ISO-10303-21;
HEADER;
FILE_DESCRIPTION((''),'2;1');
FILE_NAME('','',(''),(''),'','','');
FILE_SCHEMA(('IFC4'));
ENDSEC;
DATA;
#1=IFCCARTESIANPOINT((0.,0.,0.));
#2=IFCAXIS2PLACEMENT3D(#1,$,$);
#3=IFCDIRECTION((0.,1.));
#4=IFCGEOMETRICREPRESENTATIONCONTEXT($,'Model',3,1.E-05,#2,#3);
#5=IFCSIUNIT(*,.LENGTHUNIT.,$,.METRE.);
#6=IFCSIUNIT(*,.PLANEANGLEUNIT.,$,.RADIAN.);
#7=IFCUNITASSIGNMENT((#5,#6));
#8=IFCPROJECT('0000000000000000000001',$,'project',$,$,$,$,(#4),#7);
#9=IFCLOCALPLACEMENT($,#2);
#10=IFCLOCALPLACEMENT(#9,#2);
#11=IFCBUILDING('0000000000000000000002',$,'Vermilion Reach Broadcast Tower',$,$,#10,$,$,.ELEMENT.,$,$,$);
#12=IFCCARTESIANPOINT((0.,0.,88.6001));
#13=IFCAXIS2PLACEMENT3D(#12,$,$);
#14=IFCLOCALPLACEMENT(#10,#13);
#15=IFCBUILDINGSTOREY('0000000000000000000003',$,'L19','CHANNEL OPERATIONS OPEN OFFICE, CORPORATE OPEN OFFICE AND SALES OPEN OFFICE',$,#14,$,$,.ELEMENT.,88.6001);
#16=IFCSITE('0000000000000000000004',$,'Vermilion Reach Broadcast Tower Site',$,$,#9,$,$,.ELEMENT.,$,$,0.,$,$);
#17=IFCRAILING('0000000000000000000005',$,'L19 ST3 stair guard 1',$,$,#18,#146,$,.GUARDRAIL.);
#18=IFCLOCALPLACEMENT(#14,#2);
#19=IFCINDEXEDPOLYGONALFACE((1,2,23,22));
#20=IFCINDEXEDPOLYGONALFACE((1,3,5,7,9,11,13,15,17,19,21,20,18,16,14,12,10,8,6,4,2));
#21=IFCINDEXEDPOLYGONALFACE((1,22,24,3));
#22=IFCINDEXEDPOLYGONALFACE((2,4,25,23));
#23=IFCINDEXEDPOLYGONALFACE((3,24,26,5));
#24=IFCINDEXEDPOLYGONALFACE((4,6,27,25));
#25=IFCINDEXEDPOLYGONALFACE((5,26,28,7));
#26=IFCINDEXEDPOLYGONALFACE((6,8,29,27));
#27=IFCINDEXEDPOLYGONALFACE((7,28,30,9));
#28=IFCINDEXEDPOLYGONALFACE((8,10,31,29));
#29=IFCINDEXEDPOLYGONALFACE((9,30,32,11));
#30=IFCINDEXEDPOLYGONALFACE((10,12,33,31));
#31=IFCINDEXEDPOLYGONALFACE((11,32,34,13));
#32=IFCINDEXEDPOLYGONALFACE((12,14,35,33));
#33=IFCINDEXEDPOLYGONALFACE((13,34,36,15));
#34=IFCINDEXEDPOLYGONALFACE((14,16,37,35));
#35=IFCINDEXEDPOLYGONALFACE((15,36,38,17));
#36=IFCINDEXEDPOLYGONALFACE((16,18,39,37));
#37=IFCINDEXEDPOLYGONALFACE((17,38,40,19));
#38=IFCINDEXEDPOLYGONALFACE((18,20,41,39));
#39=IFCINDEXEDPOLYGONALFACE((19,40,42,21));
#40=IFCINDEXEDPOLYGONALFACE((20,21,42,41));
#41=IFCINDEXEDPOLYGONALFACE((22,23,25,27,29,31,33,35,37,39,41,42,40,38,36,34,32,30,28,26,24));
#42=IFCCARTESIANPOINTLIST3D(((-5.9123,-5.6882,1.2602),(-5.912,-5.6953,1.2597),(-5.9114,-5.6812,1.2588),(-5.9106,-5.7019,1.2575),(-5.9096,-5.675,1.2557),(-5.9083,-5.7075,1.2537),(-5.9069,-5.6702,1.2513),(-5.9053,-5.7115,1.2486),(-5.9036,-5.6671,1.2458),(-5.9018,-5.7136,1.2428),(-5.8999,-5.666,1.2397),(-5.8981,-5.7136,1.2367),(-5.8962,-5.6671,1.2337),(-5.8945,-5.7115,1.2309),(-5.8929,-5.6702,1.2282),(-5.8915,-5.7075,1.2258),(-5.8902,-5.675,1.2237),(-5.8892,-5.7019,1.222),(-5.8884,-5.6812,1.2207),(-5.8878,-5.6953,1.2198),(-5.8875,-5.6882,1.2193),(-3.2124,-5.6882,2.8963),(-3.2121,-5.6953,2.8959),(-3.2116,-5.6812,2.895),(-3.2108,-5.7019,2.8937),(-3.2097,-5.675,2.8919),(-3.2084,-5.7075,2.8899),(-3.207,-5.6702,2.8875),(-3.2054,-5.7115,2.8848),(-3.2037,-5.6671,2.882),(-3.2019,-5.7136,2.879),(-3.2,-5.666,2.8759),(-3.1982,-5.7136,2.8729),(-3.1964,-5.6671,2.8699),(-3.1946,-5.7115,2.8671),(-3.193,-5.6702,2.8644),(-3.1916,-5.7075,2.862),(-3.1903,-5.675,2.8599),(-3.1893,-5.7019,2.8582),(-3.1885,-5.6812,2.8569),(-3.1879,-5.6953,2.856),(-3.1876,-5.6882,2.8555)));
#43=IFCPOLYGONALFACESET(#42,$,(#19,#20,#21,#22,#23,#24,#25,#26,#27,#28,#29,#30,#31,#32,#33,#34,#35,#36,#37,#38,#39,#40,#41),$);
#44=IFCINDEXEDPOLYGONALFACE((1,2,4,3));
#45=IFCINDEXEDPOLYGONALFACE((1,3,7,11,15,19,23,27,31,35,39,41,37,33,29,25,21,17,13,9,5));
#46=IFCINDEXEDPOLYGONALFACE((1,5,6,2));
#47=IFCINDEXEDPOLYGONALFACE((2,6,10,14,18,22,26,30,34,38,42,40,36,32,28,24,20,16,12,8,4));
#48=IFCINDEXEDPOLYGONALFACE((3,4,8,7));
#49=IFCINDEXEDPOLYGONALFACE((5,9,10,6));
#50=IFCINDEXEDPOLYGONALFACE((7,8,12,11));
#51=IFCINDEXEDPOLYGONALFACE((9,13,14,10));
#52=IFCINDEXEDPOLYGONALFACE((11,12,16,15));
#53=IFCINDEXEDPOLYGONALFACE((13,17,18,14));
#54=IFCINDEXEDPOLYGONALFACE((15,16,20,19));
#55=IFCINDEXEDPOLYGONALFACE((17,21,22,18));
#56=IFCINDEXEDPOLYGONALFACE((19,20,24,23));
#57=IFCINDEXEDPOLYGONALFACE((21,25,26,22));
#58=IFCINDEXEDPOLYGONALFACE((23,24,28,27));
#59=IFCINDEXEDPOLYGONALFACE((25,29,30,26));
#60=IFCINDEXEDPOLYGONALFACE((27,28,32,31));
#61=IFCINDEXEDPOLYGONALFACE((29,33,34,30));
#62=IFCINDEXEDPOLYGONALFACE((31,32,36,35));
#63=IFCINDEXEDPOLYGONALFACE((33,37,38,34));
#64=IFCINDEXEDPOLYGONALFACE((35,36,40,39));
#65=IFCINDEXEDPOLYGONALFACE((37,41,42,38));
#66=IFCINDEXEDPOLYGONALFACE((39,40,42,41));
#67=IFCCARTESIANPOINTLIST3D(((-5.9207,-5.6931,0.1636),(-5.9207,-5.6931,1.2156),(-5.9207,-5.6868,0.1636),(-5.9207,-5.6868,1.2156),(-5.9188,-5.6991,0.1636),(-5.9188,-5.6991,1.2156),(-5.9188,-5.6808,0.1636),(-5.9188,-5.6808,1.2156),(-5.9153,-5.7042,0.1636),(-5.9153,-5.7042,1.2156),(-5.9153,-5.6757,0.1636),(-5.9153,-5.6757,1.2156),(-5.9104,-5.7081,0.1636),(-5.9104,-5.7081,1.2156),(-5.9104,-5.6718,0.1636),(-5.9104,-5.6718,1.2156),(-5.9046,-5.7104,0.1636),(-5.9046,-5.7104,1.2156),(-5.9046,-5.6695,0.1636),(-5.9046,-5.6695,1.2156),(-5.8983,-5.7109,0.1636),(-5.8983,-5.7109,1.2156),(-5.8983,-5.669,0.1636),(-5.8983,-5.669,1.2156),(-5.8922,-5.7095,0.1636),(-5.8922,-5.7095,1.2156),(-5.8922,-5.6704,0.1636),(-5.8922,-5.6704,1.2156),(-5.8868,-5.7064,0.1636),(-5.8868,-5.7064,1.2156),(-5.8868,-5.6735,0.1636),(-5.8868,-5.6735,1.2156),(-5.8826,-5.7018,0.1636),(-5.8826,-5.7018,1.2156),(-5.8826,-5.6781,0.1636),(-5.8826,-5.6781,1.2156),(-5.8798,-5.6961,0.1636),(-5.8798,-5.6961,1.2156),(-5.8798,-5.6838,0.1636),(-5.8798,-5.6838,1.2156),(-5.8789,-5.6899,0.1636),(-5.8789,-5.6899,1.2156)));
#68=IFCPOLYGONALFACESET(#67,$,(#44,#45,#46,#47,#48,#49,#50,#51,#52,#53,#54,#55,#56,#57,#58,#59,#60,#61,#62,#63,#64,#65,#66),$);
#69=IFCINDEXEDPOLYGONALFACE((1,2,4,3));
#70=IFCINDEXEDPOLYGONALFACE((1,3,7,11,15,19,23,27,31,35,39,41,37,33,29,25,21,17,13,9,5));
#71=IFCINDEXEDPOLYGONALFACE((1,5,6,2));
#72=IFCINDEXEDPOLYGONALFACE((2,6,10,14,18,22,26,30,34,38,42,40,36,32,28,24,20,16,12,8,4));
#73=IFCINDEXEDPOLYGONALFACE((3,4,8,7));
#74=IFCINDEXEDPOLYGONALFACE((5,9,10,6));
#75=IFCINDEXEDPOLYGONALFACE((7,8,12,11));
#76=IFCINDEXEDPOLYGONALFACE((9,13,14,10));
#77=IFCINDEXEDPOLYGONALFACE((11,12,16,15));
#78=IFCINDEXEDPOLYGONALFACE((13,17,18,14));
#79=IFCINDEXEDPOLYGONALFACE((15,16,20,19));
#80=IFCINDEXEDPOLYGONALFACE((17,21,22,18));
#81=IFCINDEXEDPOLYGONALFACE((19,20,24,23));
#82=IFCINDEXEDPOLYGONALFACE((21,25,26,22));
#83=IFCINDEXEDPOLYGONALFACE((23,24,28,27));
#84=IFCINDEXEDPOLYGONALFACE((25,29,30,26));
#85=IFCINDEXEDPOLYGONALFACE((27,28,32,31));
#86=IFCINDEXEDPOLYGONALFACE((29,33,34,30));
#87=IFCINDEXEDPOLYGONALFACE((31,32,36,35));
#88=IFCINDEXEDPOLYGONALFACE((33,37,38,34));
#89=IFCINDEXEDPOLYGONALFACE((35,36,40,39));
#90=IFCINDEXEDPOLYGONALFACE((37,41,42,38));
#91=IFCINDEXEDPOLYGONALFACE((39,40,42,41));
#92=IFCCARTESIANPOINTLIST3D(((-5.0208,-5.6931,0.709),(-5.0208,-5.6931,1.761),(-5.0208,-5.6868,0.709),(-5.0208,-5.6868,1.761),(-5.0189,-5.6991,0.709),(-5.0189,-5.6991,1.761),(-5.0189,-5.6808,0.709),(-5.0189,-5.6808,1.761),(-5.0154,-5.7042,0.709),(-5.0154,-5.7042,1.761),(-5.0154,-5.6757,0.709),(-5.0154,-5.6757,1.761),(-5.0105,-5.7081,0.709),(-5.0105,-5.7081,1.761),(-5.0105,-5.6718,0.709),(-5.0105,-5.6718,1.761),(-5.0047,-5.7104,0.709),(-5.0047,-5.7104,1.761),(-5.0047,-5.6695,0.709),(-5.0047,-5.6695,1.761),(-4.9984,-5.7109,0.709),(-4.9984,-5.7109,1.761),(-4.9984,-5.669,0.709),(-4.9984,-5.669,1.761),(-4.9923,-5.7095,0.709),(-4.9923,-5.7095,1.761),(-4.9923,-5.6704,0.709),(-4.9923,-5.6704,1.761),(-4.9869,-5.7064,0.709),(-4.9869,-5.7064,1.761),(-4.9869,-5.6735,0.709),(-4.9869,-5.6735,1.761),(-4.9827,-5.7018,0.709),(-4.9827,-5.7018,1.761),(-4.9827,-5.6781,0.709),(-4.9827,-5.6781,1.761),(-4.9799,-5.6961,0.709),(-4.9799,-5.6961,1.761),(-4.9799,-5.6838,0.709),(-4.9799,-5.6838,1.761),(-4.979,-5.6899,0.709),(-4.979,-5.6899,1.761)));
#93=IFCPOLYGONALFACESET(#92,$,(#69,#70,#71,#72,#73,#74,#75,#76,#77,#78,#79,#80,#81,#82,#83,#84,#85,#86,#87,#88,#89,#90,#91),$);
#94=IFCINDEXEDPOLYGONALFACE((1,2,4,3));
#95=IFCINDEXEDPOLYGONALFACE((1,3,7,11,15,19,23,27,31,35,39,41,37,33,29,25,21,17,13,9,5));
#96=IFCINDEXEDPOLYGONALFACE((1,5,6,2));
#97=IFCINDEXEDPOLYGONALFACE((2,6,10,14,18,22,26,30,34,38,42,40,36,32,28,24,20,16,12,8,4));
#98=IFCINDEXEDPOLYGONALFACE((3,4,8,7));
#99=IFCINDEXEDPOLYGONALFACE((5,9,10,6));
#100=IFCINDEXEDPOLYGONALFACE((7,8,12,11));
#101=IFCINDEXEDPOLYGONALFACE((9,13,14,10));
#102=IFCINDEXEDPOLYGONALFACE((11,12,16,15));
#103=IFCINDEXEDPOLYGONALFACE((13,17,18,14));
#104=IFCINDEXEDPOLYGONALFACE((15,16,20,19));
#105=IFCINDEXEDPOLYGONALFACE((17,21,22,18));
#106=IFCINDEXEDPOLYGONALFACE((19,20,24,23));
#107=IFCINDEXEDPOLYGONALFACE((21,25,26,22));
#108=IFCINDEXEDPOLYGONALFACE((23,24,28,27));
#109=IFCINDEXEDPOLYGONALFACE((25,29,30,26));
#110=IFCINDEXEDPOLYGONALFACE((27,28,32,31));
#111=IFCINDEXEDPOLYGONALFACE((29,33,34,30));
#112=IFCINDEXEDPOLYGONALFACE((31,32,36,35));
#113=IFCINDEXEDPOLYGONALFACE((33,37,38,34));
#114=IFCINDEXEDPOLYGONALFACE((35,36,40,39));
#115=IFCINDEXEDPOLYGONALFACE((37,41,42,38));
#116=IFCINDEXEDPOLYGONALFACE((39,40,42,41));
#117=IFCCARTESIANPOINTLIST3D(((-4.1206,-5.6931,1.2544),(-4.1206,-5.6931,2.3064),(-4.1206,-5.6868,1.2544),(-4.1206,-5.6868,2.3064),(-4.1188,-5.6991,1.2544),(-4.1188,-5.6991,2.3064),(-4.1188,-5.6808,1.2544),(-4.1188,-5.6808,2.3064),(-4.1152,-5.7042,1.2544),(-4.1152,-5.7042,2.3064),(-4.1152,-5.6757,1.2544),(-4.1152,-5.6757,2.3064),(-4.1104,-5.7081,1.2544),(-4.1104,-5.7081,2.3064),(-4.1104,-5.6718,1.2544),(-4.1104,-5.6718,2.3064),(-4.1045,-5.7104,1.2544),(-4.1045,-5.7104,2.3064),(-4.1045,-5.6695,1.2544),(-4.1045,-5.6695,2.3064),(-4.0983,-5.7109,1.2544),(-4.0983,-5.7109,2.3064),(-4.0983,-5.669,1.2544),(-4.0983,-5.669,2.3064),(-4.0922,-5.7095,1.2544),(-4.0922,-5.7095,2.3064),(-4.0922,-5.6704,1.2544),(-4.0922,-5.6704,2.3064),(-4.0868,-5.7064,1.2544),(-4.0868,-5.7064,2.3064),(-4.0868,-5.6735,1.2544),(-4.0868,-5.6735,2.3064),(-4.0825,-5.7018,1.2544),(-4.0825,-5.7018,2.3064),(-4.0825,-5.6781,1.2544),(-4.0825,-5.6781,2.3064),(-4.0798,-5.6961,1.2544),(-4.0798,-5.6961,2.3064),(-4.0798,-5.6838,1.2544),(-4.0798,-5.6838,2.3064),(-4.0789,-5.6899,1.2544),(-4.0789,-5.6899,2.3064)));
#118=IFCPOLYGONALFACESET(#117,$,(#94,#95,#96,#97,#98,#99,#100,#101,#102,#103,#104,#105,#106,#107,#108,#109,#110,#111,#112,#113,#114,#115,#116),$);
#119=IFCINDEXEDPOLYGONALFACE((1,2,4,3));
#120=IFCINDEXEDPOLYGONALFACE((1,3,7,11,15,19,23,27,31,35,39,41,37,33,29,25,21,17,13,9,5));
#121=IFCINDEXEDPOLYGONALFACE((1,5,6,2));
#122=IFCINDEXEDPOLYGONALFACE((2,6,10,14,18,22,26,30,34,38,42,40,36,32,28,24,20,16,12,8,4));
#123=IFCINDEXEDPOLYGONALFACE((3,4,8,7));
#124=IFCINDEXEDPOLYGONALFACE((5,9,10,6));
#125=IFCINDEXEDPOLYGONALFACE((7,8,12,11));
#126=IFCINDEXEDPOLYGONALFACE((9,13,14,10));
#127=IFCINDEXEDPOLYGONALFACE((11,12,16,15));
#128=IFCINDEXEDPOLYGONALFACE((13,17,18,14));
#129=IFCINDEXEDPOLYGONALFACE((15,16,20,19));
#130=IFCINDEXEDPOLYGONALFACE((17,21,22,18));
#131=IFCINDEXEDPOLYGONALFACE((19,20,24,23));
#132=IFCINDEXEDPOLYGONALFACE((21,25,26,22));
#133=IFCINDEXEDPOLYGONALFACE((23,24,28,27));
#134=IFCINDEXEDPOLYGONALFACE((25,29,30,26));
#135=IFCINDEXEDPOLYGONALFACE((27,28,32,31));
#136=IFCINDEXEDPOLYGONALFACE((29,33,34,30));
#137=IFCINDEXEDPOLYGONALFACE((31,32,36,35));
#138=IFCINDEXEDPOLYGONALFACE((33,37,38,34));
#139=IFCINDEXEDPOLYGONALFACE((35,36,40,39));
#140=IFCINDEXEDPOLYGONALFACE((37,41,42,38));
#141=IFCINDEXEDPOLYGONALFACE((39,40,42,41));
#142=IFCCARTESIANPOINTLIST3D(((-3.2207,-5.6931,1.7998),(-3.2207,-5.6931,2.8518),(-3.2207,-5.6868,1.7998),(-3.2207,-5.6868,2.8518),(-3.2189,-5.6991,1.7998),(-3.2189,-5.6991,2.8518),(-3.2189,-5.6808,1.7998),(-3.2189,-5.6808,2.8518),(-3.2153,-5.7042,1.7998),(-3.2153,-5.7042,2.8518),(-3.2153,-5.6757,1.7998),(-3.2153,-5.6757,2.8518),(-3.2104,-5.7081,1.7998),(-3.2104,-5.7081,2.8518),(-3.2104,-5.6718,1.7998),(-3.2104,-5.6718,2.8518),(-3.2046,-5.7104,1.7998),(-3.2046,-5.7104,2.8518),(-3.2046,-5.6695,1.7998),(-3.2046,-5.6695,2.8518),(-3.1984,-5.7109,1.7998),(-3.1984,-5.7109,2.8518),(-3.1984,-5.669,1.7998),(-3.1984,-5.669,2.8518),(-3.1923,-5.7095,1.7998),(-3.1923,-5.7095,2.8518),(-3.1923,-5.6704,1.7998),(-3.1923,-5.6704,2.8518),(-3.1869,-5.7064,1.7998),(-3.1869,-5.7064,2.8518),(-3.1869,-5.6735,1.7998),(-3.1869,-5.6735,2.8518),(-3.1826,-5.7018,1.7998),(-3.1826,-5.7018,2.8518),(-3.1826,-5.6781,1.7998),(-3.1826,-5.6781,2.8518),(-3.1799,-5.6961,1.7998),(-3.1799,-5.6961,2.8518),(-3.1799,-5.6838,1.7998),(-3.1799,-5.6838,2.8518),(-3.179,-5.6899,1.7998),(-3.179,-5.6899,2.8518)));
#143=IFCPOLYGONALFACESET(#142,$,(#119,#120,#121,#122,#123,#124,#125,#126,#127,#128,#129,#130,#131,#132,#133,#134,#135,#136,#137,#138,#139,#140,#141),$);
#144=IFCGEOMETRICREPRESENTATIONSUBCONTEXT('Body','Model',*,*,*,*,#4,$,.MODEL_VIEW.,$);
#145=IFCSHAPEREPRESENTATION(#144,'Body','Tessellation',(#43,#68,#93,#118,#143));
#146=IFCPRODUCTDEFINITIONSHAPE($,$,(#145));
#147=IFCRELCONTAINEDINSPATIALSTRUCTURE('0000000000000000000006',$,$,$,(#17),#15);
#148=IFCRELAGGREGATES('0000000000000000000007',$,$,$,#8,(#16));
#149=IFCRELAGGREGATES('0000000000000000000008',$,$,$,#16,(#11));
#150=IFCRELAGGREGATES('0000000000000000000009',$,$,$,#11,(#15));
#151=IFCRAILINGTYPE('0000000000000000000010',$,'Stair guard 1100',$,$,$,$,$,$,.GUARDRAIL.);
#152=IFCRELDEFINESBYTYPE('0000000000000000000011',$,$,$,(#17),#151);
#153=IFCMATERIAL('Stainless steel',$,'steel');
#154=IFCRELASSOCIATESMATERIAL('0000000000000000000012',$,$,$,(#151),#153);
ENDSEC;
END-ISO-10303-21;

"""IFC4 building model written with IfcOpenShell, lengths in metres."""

from ifc_helpers import new_model, si_unit, direction, frame, origin, origin_2d, place, context, subcontext, project, spatial, circle, extrude, material, type_object, element, save


model = new_model("IFC4")

# Units and contexts
model_context = context("Model", 3, precision=1e-05, world=origin(), true_north=direction((0.0, 1.0)))
body_context = subcontext(model_context, "Body", "Model", "MODEL_VIEW")
ifc_project = project(units=[si_unit("LENGTHUNIT", "METRE"), si_unit("PLANEANGLEUNIT", "RADIAN")], contexts=[model_context])

# Site, building, storey
site_placement = place(None, origin())
site = spatial("IfcSite", under=ifc_project, at=site_placement, Name="Vermilion Reach Broadcast Tower Site", CompositionType="ELEMENT", RefElevation=0.0)
building_placement = place(site_placement, origin())
building = spatial("IfcBuilding", under=site, at=building_placement, Name="Vermilion Reach Broadcast Tower", CompositionType="ELEMENT")
storey_placement = place(building_placement, frame((0.0, 0.0, 88.6001)))
storey = spatial("IfcBuildingStorey", under=building, at=storey_placement, Name="L19", Description="CHANNEL OPERATIONS OPEN OFFICE, CORPORATE OPEN OFFICE AND SALES OPEN OFFICE", CompositionType="ELEMENT", Elevation=88.6001)

# Railing
ifc_material_1 = material(Name="Stainless steel", Category="steel")
railing_type_1 = type_object("IfcRailingType", Name="Stair guard 1100", PredefinedType="GUARDRAIL", material=ifc_material_1)
railing_1_placement = place(storey_placement, frame((-5.8999, -5.6899, 0.1636)))
element("IfcRailing", 1, at=railing_1_placement, inside=storey, type_object=railing_type_1, Name="L19 ST3 stair guard 1", PredefinedType="GUARDRAIL", context=body_context, shape_type="SweptSolid", body=[
    extrude(circle(Radius=0.0239, at=origin_2d()), frame((0.0, 0.0, 1.0762), z_axis=(0.855212, 0.0, 0.518278), x_axis=(0.0, 1.0, 0.0)), (0.0, 0.0, 1.0), 3.157),
    extrude(circle(Radius=0.021, at=origin_2d()), origin(), (0.0, 0.0, 1.0), 1.052),
    extrude(circle(Radius=0.021, at=origin_2d()), frame((0.8999, 0.0, 0.5454)), (0.0, 0.0, 1.0), 1.052),
    extrude(circle(Radius=0.021, at=origin_2d()), frame((1.8, 0.0, 1.0908)), (0.0, 0.0, 1.0), 1.052),
    extrude(circle(Radius=0.021, at=origin_2d()), frame((2.7, 0.0, 1.6362)), (0.0, 0.0, 1.0), 1.052),
])

save(model, "model.ifc")
